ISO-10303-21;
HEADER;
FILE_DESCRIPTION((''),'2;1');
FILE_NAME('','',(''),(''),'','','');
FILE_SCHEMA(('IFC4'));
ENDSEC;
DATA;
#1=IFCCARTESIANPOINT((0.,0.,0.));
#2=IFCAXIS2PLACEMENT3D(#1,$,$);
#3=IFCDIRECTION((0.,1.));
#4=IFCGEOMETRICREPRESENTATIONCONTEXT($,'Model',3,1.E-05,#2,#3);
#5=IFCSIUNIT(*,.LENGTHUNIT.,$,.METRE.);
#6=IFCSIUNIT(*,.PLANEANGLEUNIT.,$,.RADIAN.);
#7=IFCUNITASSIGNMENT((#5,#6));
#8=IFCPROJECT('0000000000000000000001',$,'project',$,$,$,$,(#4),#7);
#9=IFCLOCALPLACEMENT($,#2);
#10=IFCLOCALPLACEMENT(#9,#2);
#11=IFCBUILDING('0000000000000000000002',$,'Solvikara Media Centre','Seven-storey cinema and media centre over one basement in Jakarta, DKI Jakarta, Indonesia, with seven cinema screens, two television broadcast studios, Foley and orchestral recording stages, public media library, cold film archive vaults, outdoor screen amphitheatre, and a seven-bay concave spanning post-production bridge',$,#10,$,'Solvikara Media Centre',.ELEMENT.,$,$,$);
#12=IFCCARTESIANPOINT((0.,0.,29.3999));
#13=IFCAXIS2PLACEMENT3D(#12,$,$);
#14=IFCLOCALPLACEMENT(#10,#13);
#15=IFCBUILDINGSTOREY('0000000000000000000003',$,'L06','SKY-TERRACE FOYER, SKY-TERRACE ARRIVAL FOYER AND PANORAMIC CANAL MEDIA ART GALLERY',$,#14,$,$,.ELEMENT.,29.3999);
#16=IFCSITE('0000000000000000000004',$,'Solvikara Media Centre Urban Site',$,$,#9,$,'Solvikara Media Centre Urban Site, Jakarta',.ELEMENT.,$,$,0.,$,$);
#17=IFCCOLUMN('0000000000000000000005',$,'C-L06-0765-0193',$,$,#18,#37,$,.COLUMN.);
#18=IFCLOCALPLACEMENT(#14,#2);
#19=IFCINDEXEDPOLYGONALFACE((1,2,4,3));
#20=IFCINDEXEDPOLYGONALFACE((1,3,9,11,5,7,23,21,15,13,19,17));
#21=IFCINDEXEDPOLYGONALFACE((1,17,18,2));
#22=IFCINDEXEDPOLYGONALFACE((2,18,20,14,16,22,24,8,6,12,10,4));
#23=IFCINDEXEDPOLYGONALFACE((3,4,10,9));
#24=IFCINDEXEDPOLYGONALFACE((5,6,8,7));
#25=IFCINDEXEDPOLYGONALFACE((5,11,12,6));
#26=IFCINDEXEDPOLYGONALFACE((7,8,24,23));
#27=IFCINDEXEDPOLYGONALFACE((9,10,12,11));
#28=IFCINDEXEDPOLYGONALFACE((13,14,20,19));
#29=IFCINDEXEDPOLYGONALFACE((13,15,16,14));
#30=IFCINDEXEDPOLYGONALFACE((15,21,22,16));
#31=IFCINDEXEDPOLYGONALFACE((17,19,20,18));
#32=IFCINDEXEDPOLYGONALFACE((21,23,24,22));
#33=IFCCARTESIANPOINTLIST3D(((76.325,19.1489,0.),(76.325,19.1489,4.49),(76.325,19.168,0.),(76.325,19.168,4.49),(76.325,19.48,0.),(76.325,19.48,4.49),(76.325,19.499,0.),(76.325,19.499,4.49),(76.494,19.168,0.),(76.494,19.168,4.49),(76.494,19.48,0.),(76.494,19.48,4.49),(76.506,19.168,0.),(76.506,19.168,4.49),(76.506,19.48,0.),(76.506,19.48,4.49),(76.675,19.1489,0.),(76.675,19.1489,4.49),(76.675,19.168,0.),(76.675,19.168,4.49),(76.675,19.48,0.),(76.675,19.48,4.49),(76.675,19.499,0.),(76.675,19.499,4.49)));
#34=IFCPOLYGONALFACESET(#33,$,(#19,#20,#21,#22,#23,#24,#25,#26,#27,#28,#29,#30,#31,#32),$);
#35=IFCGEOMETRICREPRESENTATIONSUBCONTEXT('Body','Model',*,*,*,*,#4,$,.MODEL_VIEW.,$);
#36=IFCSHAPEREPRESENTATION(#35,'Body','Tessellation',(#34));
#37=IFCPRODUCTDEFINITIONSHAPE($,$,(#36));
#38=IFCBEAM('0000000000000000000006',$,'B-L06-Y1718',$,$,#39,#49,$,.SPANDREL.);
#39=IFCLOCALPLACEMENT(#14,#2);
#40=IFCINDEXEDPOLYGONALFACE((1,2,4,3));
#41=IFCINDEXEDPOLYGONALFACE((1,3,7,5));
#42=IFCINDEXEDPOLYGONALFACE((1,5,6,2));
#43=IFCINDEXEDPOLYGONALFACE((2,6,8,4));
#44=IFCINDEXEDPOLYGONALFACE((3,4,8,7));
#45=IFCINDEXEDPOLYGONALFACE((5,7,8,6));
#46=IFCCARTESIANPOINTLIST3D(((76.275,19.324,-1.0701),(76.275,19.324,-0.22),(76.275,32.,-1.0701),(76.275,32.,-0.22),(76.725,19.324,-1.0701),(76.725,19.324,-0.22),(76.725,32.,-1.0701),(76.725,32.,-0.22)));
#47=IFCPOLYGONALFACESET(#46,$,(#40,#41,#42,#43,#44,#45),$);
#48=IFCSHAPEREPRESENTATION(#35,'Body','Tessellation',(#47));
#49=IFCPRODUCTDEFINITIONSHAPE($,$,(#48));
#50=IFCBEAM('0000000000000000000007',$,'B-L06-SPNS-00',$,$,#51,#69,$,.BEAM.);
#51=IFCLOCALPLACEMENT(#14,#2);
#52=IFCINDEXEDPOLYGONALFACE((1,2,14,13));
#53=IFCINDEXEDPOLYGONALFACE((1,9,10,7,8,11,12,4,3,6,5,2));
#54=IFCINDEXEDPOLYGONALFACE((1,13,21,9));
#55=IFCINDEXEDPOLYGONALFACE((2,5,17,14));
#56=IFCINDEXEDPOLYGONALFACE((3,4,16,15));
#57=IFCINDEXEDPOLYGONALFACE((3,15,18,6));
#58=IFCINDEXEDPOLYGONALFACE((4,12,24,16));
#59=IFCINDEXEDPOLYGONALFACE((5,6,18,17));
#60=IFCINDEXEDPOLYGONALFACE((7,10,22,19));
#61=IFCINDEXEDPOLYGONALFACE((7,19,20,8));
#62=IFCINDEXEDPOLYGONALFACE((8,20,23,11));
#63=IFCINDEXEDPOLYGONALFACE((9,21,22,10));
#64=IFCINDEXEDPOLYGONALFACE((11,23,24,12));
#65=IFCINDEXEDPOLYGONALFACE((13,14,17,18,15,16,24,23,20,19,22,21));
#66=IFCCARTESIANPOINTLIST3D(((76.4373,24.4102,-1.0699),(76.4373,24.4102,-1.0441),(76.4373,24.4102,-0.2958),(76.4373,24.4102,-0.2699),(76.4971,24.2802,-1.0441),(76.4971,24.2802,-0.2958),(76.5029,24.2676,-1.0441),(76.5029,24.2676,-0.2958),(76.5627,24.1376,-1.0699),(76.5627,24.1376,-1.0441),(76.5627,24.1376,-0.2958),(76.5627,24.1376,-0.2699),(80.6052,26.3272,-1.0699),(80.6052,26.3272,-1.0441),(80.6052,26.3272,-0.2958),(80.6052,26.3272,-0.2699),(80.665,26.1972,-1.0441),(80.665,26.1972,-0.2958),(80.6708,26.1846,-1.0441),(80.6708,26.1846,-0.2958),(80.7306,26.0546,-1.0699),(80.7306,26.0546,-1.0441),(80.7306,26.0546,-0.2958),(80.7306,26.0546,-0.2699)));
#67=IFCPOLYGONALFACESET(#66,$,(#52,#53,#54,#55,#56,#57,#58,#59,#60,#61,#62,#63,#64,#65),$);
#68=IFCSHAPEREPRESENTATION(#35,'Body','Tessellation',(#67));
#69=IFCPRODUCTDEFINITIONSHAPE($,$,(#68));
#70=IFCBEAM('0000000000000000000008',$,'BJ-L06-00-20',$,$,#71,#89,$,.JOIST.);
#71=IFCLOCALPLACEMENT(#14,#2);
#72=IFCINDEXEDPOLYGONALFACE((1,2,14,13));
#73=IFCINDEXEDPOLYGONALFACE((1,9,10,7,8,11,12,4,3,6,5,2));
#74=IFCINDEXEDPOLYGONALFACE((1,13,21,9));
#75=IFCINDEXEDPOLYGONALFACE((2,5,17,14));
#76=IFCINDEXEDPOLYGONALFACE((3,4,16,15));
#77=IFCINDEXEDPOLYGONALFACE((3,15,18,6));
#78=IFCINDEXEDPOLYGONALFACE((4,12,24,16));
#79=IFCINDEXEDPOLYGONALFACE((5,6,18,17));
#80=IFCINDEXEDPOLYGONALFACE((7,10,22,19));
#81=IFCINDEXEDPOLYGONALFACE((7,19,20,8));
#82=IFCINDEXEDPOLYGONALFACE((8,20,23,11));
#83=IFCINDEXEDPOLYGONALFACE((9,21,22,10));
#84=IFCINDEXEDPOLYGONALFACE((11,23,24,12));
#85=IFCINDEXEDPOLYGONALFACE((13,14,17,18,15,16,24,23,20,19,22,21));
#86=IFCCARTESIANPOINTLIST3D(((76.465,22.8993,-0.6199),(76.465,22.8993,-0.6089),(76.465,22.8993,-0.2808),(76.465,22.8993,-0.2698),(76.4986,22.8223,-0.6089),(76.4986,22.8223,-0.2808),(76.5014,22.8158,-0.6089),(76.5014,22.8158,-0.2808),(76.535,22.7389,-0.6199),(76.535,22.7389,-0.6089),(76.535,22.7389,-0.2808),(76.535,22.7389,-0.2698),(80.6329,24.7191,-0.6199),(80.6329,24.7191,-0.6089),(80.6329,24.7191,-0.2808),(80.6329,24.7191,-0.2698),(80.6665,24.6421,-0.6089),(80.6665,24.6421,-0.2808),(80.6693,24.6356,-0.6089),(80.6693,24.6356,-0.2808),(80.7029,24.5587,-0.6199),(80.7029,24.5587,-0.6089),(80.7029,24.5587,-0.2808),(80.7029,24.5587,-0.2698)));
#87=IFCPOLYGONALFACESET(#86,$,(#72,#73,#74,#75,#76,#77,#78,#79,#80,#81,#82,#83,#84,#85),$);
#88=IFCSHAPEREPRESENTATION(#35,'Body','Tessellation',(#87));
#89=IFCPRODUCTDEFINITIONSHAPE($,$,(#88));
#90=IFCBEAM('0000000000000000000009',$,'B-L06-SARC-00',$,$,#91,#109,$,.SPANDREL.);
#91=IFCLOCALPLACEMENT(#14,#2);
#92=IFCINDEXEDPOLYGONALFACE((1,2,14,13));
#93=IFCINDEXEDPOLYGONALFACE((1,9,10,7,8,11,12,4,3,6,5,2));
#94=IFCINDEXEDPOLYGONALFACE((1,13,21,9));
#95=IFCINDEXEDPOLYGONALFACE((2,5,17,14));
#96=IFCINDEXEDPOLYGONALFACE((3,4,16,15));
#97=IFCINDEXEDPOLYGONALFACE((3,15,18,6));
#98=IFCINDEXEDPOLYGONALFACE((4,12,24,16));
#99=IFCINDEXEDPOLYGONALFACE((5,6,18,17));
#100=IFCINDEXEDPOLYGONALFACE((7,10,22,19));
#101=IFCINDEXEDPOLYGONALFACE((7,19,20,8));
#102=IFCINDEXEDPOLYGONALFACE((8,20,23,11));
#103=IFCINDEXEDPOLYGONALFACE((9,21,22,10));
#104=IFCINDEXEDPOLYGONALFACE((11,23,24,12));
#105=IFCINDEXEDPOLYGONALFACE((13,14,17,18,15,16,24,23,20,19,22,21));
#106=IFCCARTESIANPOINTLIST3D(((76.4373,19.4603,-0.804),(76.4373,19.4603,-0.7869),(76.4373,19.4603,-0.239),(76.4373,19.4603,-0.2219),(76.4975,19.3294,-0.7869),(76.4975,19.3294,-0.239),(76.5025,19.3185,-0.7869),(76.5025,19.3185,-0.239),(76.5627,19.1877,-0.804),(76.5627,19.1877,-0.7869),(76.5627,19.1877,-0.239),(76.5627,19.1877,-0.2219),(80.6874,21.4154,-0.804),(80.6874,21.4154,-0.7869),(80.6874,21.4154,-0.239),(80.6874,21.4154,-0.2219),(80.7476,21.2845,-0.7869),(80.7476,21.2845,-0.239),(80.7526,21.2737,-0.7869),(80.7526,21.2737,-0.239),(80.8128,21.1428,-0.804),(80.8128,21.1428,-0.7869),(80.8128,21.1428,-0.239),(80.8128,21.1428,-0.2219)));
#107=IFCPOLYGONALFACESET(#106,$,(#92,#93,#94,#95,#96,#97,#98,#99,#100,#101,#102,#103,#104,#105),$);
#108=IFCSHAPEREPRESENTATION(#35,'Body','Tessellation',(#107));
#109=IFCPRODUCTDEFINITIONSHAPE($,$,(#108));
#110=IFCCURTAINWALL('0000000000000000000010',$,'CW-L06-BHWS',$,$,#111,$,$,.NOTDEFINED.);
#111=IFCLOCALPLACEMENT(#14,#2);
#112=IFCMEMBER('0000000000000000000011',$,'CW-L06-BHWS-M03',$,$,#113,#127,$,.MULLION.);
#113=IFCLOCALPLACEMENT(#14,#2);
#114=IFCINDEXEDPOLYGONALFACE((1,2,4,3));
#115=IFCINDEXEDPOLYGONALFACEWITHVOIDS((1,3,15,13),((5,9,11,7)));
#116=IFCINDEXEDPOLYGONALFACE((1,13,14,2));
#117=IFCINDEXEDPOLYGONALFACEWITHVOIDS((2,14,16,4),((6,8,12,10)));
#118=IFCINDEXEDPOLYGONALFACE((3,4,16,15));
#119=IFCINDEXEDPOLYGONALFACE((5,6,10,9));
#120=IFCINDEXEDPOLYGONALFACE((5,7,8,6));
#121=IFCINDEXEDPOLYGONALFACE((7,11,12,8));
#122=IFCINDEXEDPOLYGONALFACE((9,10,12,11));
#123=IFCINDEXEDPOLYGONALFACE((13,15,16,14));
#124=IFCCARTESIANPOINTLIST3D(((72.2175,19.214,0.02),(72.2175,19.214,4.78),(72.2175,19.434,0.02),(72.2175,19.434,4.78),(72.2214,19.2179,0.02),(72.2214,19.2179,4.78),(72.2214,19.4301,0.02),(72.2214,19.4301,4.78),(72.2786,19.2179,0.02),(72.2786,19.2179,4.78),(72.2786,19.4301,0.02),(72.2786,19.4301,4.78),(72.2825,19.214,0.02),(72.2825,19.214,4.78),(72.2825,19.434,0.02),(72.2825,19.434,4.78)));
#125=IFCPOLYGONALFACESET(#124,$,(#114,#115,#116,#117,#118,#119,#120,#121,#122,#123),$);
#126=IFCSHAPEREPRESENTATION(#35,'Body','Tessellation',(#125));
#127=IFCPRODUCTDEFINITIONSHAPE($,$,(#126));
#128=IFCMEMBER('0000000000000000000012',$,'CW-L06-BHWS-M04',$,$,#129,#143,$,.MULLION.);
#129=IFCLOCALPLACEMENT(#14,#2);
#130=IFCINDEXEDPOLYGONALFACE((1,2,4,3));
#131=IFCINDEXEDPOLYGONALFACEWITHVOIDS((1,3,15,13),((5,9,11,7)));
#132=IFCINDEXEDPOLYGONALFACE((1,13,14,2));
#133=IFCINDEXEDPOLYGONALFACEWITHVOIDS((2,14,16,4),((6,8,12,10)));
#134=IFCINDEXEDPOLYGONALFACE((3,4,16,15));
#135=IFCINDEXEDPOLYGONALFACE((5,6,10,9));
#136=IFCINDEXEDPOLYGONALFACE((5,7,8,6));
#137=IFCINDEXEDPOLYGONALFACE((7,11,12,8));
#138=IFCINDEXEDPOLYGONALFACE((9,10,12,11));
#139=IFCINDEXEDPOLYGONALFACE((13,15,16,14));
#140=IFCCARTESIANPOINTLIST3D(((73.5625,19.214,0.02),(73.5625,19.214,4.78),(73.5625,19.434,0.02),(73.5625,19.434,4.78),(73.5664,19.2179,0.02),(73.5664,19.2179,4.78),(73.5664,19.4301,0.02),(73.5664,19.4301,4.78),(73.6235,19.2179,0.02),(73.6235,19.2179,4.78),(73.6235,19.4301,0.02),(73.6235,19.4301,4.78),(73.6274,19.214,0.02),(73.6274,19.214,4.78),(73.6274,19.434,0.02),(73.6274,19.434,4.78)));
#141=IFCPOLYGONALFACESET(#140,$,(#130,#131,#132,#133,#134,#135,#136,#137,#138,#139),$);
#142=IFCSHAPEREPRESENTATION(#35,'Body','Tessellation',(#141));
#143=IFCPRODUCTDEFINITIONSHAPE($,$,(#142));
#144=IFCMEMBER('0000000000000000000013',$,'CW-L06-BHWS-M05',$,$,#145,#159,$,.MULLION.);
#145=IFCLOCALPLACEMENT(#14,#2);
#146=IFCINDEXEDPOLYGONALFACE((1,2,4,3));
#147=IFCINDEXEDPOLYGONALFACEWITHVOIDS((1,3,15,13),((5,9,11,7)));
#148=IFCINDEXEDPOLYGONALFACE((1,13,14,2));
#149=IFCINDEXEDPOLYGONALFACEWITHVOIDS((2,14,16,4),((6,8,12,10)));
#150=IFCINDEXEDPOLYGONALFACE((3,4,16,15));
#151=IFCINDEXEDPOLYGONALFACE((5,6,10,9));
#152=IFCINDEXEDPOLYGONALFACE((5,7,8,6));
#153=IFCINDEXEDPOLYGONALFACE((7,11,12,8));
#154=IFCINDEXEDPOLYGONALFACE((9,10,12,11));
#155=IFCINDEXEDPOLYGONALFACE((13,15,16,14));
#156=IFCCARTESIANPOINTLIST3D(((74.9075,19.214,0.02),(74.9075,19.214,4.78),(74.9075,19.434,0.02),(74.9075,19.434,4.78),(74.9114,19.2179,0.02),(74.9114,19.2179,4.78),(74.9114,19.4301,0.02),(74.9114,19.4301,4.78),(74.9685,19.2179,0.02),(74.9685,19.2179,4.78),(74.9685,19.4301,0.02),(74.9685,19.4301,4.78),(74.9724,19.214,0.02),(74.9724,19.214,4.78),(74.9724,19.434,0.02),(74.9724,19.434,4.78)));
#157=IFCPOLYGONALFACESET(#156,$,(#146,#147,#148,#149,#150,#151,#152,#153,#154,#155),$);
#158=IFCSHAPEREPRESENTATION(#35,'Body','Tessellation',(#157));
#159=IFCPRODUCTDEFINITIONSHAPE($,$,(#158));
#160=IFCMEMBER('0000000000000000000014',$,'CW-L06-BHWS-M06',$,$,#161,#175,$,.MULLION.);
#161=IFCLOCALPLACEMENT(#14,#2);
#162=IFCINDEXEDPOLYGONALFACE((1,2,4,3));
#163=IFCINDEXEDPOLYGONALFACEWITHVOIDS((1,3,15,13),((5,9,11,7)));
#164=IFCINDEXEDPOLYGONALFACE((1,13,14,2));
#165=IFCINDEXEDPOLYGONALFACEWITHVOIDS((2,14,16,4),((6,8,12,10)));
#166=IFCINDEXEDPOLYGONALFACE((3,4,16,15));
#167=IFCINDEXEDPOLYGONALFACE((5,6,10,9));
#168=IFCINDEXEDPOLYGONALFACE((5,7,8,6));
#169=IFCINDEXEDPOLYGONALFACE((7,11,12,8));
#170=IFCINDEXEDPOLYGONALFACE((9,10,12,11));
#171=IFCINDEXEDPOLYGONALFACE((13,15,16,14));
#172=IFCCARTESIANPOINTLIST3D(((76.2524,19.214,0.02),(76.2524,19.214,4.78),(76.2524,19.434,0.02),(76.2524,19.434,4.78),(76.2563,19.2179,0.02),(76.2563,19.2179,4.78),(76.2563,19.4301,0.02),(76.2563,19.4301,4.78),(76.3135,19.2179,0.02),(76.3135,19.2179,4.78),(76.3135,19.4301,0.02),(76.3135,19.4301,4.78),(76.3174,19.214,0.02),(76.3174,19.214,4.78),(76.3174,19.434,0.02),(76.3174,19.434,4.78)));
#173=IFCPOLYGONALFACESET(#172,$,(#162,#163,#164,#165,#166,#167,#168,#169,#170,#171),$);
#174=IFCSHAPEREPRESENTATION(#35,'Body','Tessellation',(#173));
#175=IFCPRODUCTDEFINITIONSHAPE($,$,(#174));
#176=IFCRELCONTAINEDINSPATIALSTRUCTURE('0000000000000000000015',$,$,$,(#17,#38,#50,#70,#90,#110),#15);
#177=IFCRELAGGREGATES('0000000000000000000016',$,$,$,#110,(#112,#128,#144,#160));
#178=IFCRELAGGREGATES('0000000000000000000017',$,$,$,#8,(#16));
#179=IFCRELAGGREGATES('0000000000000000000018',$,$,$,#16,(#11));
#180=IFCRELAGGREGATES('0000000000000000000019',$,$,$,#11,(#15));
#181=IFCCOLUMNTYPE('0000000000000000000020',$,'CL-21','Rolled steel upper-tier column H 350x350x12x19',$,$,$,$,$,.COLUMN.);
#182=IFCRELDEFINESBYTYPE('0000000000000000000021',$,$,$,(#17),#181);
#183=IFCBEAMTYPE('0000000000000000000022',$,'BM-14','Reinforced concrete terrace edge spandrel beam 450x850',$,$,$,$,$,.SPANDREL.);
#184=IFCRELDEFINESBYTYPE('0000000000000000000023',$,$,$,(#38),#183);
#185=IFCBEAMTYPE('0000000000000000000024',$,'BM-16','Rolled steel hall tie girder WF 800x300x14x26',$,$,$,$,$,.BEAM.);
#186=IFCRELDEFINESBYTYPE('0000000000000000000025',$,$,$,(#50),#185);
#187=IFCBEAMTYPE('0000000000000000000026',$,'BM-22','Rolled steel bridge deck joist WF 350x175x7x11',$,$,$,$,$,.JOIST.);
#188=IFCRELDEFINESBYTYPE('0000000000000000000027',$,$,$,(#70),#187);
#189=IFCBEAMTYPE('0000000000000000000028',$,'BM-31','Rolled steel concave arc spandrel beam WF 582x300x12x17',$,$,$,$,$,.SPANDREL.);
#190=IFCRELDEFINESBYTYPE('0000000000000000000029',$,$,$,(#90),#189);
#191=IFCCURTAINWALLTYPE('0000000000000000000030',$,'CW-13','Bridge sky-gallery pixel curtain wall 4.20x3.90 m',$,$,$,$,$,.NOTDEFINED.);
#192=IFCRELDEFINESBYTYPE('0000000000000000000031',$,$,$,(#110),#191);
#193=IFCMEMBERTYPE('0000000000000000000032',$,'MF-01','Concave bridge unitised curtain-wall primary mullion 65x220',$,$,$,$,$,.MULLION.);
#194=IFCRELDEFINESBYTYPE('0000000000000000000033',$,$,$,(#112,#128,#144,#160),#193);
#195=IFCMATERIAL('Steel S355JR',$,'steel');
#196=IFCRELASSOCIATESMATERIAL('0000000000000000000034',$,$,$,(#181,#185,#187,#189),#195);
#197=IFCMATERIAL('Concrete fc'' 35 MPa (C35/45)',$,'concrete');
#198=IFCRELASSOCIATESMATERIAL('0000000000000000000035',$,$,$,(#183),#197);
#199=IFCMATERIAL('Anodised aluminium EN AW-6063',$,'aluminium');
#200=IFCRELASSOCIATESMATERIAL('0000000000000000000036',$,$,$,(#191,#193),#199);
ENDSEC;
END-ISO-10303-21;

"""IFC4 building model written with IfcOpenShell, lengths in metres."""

from ifc_helpers import new_model, si_unit, direction, frame, origin, origin_2d, place, context, subcontext, project, spatial, rectangle, hollow_rectangle, i_section, extrude, material, material_profile, profile_set, type_object, element, aggregate, save


model = new_model("IFC4")

# Units and contexts
model_context = context("Model", 3, precision=1e-05, world=origin(), true_north=direction((0.0, 1.0)))
body_context = subcontext(model_context, "Body", "Model", "MODEL_VIEW")
ifc_project = project(units=[si_unit("LENGTHUNIT", "METRE"), si_unit("PLANEANGLEUNIT", "RADIAN")], contexts=[model_context])

# Site, building, storey
site_placement = place(None, origin())
site = spatial("IfcSite", under=ifc_project, at=site_placement, Name="Solvikara Media Centre Urban Site", LongName="Solvikara Media Centre Urban Site, Jakarta", CompositionType="ELEMENT", RefElevation=0.0)
building_placement = place(site_placement, origin())
building = spatial("IfcBuilding", under=site, at=building_placement, Name="Solvikara Media Centre", Description="Seven-storey cinema and media centre over one basement in Jakarta, DKI Jakarta, Indonesia, with seven cinema screens, two television broadcast studios, Foley and orchestral recording stages, public media library, cold film archive vaults, outdoor screen amphitheatre, and a seven-bay concave spanning post-production bridge", LongName="Solvikara Media Centre", CompositionType="ELEMENT")
storey_placement = place(building_placement, frame((0.0, 0.0, 29.3999)))
storey = spatial("IfcBuildingStorey", under=building, at=storey_placement, Name="L06", Description="SKY-TERRACE FOYER, SKY-TERRACE ARRIVAL FOYER AND PANORAMIC CANAL MEDIA ART GALLERY", CompositionType="ELEMENT", Elevation=29.3999)

# Column
ifc_material_1 = material(Name="Steel S355JR", Category="steel")
ifc_material_profile_1 = material_profile(ifc_material_1, i_section(OverallWidth=0.3501, OverallDepth=0.3501, WebThickness=0.012, FlangeThickness=0.019, at=origin_2d()), Name="H 350x350x12x19")
ifc_profile_set_1 = profile_set([ifc_material_profile_1], Name="Steel S355JR")
column_type = type_object("IfcColumnType", Name="CL-21", Description="Rolled steel upper-tier column H 350x350x12x19", PredefinedType="COLUMN", material=ifc_profile_set_1)
column_placement = place(storey_placement, frame((76.5, 19.324, 0.0), z_axis=(0.0, 0.0, 1.0), x_axis=(1.0, 0.0, 0.0)))
element("IfcColumn", 1, at=column_placement, inside=storey, type_object=column_type, Name="C-L06-0765-0193", PredefinedType="COLUMN", context=body_context, shape_type="SweptSolid", body=[
    extrude(i_section(OverallWidth=0.3501, OverallDepth=0.3501, WebThickness=0.012, FlangeThickness=0.019, at=origin_2d()), origin(), (0.0, 0.0, 1.0), 4.49),
])

# Beams
ifc_material_2 = material(Name="Concrete fc' 35 MPa (C35/45)", Category="concrete")
ifc_material_profile_2 = material_profile(ifc_material_2, rectangle(XDim=0.45, YDim=0.8501, at=origin_2d()), Name="RC 450x850")
ifc_profile_set_2 = profile_set([ifc_material_profile_2], Name="Concrete fc' 35 MPa (C35/45)")
beam_type_1 = type_object("IfcBeamType", Name="BM-14", Description="Reinforced concrete terrace edge spandrel beam 450x850", PredefinedType="SPANDREL", material=ifc_profile_set_2)
beam_1_placement = place(storey_placement, frame((76.5, 19.324, -0.645), z_axis=(0.0, 1.0, 0.0), x_axis=(-1.0, 0.0, 0.0)))
element("IfcBeam", 2, at=beam_1_placement, inside=storey, type_object=beam_type_1, Name="B-L06-Y1718", PredefinedType="SPANDREL", context=body_context, shape_type="SweptSolid", body=[
    extrude(rectangle(XDim=0.45, YDim=0.8501, at=origin_2d()), origin(), (0.0, 0.0, 1.0), 12.676),
])
ifc_material_profile_3 = material_profile(ifc_material_1, i_section(OverallWidth=0.3, OverallDepth=0.8, WebThickness=0.0139, FlangeThickness=0.0259, at=origin_2d()), Name="WF 800x300x14x26")
ifc_profile_set_3 = profile_set([ifc_material_profile_3], Name="Steel S355JR")
beam_type_2 = type_object("IfcBeamType", Name="BM-16", Description="Rolled steel hall tie girder WF 800x300x14x26", PredefinedType="BEAM", material=ifc_profile_set_3)
beam_2_placement = place(storey_placement, frame((76.5, 24.2739, -0.6699), z_axis=(0.908513, 0.417856, 0.0), x_axis=(-0.417856, 0.908513, 0.0)))
element("IfcBeam", 3, at=beam_2_placement, inside=storey, type_object=beam_type_2, Name="B-L06-SPNS-00", PredefinedType="BEAM", context=body_context, shape_type="SweptSolid", body=[
    extrude(i_section(OverallWidth=0.3, OverallDepth=0.8, WebThickness=0.0139, FlangeThickness=0.0259, at=origin_2d()), origin(), (0.0, 0.0, 1.0), 4.5876),
])
ifc_material_profile_4 = material_profile(ifc_material_1, i_section(OverallWidth=0.175, OverallDepth=0.3501, WebThickness=0.0071, FlangeThickness=0.011, at=origin_2d()), Name="WF 350x175x7x11")
ifc_profile_set_4 = profile_set([ifc_material_profile_4], Name="Steel S355JR")
beam_type_3 = type_object("IfcBeamType", Name="BM-22", Description="Rolled steel bridge deck joist WF 350x175x7x11", PredefinedType="JOIST", material=ifc_profile_set_4)
beam_3_placement = place(storey_placement, frame((76.5, 22.8191, -0.4448), z_axis=(0.916453, 0.400143, 0.0), x_axis=(-0.400143, 0.916453, 0.0)))
element("IfcBeam", 4, at=beam_3_placement, inside=storey, type_object=beam_type_3, Name="BJ-L06-00-20", PredefinedType="JOIST", context=body_context, shape_type="SweptSolid", body=[
    extrude(i_section(OverallWidth=0.175, OverallDepth=0.3501, WebThickness=0.0071, FlangeThickness=0.011, at=origin_2d()), origin(), (0.0, 0.0, 1.0), 4.5479),
])
ifc_material_profile_5 = material_profile(ifc_material_1, i_section(OverallWidth=0.3, OverallDepth=0.582, WebThickness=0.012, FlangeThickness=0.0171, at=origin_2d()), Name="WF 582x300x12x17")
ifc_profile_set_5 = profile_set([ifc_material_profile_5], Name="Steel S355JR")
beam_type_4 = type_object("IfcBeamType", Name="BM-31", Description="Rolled steel concave arc spandrel beam WF 582x300x12x17", PredefinedType="SPANDREL", material=ifc_profile_set_5)
beam_4_placement = place(storey_placement, frame((76.5, 19.324, -0.5129), z_axis=(0.908484, 0.417919, 0.0), x_axis=(-0.417919, 0.908484, 0.0)))
element("IfcBeam", 5, at=beam_4_placement, inside=storey, type_object=beam_type_4, Name="B-L06-SARC-00", PredefinedType="SPANDREL", context=body_context, shape_type="SweptSolid", body=[
    extrude(i_section(OverallWidth=0.3, OverallDepth=0.582, WebThickness=0.012, FlangeThickness=0.0171, at=origin_2d()), origin(), (0.0, 0.0, 1.0), 4.6782),
])

# Curtain wall, members
ifc_material_3 = material(Name="Anodised aluminium EN AW-6063", Category="aluminium")
curtain_wall_type = type_object("IfcCurtainWallType", Name="CW-13", Description="Bridge sky-gallery pixel curtain wall 4.20x3.90 m", PredefinedType="NOTDEFINED", material=ifc_material_3)
curtain_wall_1_placement = place(storey_placement, origin())
curtain_wall_1 = element("IfcCurtainWall", 6, at=curtain_wall_1_placement, inside=storey, type_object=curtain_wall_type, Name="CW-L06-BHWS", PredefinedType="NOTDEFINED")
ifc_material_profile_6 = material_profile(ifc_material_3, hollow_rectangle(XDim=0.0649, YDim=0.22, WallThickness=0.0039, at=origin_2d()), Name="ALU-M 65x220x4")
ifc_profile_set_6 = profile_set([ifc_material_profile_6], Name="Anodised aluminium EN AW-6063")
member_type_1 = type_object("IfcMemberType", Name="MF-01", Description="Concave bridge unitised curtain-wall primary mullion 65x220", PredefinedType="MULLION", material=ifc_profile_set_6)
member_1_placement = place(storey_placement, frame((72.25, 19.324, 0.02), z_axis=(0.0, 0.0, 1.0), x_axis=(1.0, 0.0, 0.0)))
member_1 = element("IfcMember", 7, at=member_1_placement, type_object=member_type_1, Name="CW-L06-BHWS-M03", PredefinedType="MULLION", context=body_context, shape_type="SweptSolid", body=[
    extrude(hollow_rectangle(XDim=0.0649, YDim=0.22, WallThickness=0.0039, at=origin_2d()), origin(), (0.0, 0.0, 1.0), 4.76),
])
member_2_placement = place(storey_placement, frame((73.595, 19.324, 0.02), z_axis=(0.0, 0.0, 1.0), x_axis=(1.0, 0.0, 0.0)))
member_2 = element("IfcMember", 8, at=member_2_placement, type_object=member_type_1, Name="CW-L06-BHWS-M04", PredefinedType="MULLION", context=body_context, shape_type="SweptSolid", body=[
    extrude(hollow_rectangle(XDim=0.0649, YDim=0.22, WallThickness=0.0039, at=origin_2d()), origin(), (0.0, 0.0, 1.0), 4.76),
])
member_3_placement = place(storey_placement, frame((74.9399, 19.324, 0.02), z_axis=(0.0, 0.0, 1.0), x_axis=(1.0, 0.0, 0.0)))
member_3 = element("IfcMember", 9, at=member_3_placement, type_object=member_type_1, Name="CW-L06-BHWS-M05", PredefinedType="MULLION", context=body_context, shape_type="SweptSolid", body=[
    extrude(hollow_rectangle(XDim=0.0649, YDim=0.22, WallThickness=0.0039, at=origin_2d()), origin(), (0.0, 0.0, 1.0), 4.76),
])
member_4_placement = place(storey_placement, frame((76.2849, 19.324, 0.02), z_axis=(0.0, 0.0, 1.0), x_axis=(1.0, 0.0, 0.0)))
member_4 = element("IfcMember", 10, at=member_4_placement, type_object=member_type_1, Name="CW-L06-BHWS-M06", PredefinedType="MULLION", context=body_context, shape_type="SweptSolid", body=[
    extrude(hollow_rectangle(XDim=0.0649, YDim=0.22, WallThickness=0.0039, at=origin_2d()), origin(), (0.0, 0.0, 1.0), 4.76),
])

aggregate(curtain_wall_1, [member_1, member_2, member_3, member_4])

save(model, "model.ifc")
